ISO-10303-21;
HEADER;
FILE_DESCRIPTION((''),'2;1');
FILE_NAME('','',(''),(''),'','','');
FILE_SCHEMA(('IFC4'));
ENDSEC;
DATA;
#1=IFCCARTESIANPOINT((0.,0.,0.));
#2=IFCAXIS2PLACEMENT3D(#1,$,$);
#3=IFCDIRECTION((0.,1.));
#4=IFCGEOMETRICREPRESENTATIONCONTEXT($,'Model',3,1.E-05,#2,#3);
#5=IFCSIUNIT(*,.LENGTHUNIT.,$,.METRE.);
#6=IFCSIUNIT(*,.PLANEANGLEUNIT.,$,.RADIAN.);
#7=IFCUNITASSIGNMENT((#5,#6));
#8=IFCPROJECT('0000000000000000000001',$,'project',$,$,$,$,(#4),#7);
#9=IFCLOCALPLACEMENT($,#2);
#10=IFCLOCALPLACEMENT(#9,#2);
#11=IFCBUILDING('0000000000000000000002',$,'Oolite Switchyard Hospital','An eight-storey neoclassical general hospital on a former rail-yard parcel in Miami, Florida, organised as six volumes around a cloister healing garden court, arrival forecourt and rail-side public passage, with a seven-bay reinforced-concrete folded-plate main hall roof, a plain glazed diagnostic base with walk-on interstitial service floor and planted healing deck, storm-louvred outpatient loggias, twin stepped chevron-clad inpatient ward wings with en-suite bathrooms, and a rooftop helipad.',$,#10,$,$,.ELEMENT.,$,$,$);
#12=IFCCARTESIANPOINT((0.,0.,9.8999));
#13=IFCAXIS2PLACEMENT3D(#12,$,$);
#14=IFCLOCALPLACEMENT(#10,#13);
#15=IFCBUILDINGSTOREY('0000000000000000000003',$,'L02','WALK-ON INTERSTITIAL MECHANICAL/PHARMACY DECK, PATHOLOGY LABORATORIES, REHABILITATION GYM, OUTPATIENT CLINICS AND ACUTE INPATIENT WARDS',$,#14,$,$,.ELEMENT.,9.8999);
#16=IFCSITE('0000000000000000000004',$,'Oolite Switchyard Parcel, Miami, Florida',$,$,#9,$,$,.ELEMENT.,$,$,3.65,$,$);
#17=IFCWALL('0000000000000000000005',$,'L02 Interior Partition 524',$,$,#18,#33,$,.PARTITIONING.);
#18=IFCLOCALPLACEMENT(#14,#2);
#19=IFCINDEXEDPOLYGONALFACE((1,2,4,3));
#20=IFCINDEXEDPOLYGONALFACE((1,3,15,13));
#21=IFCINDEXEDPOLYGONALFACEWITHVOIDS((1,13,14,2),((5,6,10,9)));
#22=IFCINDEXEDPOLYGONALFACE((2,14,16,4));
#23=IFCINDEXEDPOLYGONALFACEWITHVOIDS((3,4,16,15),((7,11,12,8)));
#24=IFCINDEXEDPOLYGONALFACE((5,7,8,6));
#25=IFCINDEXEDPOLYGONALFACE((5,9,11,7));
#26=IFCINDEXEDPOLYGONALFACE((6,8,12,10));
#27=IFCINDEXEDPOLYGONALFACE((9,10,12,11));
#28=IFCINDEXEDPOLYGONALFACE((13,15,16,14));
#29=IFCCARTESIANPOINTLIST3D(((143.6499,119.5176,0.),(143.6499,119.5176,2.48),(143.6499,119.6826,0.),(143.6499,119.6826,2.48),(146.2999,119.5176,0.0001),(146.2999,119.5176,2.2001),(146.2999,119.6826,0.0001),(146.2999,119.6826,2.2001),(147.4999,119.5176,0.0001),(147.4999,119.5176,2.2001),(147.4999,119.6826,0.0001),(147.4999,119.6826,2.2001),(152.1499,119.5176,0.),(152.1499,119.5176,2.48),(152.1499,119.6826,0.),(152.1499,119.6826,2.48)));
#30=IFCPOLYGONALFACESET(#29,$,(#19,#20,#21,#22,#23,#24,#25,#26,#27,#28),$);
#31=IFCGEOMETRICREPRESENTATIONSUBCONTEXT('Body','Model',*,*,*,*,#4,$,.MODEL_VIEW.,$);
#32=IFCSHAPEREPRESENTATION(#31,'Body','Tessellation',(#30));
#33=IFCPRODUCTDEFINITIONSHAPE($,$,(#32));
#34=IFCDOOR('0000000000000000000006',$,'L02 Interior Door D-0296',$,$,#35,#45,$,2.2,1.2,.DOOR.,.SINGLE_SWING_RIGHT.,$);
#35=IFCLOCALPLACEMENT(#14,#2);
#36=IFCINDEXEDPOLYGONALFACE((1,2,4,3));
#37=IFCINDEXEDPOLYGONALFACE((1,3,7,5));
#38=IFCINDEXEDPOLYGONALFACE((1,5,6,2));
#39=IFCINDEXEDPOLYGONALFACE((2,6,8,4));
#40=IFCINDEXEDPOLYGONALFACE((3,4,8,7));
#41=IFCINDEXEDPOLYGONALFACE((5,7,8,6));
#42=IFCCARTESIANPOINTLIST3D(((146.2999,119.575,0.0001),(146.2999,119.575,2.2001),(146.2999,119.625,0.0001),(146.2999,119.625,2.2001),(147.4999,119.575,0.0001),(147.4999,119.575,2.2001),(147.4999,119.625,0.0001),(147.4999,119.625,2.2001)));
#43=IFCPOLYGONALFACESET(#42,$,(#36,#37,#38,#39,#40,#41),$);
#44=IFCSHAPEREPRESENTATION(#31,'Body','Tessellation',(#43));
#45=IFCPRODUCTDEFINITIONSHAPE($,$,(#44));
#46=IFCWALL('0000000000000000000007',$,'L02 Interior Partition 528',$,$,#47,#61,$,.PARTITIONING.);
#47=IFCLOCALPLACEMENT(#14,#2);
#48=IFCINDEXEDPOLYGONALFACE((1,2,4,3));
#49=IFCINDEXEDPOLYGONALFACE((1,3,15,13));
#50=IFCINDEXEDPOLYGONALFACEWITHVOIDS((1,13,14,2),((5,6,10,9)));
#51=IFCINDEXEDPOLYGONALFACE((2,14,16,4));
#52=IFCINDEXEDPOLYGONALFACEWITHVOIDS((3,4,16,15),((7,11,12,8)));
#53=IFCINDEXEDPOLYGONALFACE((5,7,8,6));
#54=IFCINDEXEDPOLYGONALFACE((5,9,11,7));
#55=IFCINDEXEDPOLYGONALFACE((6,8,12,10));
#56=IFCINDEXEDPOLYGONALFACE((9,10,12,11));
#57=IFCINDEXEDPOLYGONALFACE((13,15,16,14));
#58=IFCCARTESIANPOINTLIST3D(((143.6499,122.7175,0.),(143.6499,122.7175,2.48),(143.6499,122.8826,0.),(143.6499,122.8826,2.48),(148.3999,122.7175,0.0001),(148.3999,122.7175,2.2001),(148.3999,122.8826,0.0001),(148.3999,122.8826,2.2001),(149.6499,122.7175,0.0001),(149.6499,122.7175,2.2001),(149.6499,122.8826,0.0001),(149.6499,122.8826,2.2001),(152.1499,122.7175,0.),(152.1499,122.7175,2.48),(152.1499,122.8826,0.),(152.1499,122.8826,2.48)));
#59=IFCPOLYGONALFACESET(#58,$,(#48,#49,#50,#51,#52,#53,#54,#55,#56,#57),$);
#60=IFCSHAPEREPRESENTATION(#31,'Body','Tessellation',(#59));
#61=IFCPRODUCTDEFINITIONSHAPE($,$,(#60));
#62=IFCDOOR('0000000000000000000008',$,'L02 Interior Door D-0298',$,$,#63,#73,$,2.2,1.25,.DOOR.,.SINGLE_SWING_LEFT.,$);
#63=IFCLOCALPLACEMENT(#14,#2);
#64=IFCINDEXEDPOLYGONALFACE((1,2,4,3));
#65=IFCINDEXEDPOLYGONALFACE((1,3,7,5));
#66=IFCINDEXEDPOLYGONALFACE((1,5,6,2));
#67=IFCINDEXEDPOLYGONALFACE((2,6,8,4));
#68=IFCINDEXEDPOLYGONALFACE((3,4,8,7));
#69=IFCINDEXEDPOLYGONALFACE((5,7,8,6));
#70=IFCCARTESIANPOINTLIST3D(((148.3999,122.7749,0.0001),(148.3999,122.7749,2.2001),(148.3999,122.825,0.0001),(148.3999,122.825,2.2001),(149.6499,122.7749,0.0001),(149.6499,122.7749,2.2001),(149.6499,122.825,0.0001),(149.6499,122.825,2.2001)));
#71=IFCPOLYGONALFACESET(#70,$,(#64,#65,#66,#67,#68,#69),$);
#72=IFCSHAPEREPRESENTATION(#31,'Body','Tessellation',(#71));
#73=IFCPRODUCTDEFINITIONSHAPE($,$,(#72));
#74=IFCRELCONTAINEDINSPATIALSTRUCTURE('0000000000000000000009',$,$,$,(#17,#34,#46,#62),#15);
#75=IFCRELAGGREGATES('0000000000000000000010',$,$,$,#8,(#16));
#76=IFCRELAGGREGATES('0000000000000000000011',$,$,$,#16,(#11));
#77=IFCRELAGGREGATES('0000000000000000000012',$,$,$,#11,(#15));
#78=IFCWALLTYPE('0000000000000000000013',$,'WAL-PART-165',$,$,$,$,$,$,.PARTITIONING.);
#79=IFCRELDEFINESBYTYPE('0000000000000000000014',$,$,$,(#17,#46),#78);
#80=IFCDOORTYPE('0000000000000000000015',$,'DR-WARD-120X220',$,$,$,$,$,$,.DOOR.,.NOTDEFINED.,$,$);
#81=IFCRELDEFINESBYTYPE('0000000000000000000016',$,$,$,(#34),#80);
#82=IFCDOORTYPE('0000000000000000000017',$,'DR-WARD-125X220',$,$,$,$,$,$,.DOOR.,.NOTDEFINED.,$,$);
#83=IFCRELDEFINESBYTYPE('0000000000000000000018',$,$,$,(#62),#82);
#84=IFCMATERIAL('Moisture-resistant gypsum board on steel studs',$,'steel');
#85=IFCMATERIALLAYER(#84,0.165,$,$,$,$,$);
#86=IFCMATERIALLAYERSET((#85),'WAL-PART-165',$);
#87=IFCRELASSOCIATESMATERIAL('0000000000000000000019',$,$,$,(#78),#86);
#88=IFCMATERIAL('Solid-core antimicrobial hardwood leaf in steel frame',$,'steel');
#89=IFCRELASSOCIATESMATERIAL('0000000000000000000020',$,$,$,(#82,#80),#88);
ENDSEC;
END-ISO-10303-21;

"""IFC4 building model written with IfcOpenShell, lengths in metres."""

from ifc_helpers import new_model, si_unit, direction, frame, frame_2d, origin, place, context, subcontext, project, spatial, rectangle, extrude, material, layer, layer_set, type_object, element, fill, save


model = new_model("IFC4")

# Units and contexts
model_context = context("Model", 3, precision=1e-05, world=origin(), true_north=direction((0.0, 1.0)))
body_context = subcontext(model_context, "Body", "Model", "MODEL_VIEW")
ifc_project = project(units=[si_unit("LENGTHUNIT", "METRE"), si_unit("PLANEANGLEUNIT", "RADIAN")], contexts=[model_context])

# Site, building, storey
site_placement = place(None, origin())
site = spatial("IfcSite", under=ifc_project, at=site_placement, Name="Oolite Switchyard Parcel, Miami, Florida", CompositionType="ELEMENT", RefElevation=3.65)
building_placement = place(site_placement, origin())
building = spatial("IfcBuilding", under=site, at=building_placement, Name="Oolite Switchyard Hospital", Description="An eight-storey neoclassical general hospital on a former rail-yard parcel in Miami, Florida, organised as six volumes around a cloister healing garden court, arrival forecourt and rail-side public passage, with a seven-bay reinforced-concrete folded-plate main hall roof, a plain glazed diagnostic base with walk-on interstitial service floor and planted healing deck, storm-louvred outpatient loggias, twin stepped chevron-clad inpatient ward wings with en-suite bathrooms, and a rooftop helipad.", CompositionType="ELEMENT")
storey_placement = place(building_placement, frame((0.0, 0.0, 9.8999)))
storey = spatial("IfcBuildingStorey", under=building, at=storey_placement, Name="L02", Description="WALK-ON INTERSTITIAL MECHANICAL/PHARMACY DECK, PATHOLOGY LABORATORIES, REHABILITATION GYM, OUTPATIENT CLINICS AND ACUTE INPATIENT WARDS", CompositionType="ELEMENT", Elevation=9.8999)

# Shared definitions
ifc_material_1 = material(Name="Moisture-resistant gypsum board on steel studs", Category="steel")

# Shared definitions
ifc_material_2 = material(Name="Solid-core antimicrobial hardwood leaf in steel frame", Category="steel")

# Walls, openings, doors
ifc_layer_1 = layer(ifc_material_1, 0.165)
ifc_layer_set_1 = layer_set([ifc_layer_1], Name="WAL-PART-165")
wall_type_1 = type_object("IfcWallType", Name="WAL-PART-165", PredefinedType="PARTITIONING", material=ifc_layer_set_1)
door_type_1 = type_object("IfcDoorType", Name="DR-WARD-125X220", OperationType="NOTDEFINED", PredefinedType="DOOR", material=ifc_material_2)
wall_1_placement = place(storey_placement, frame((143.6499, 119.6001, 0.0), z_axis=(0.0, 0.0, 1.0), x_axis=(1.0, 0.0, 0.0)))
wall_1 = element("IfcWall", 1, at=wall_1_placement, inside=storey, type_object=wall_type_1, Name="L02 Interior Partition 524", PredefinedType="PARTITIONING", context=body_context, shape_type="SweptSolid", body=[
    extrude(rectangle(XDim=8.5, YDim=0.165, at=frame_2d((4.25, 0.0))), origin(), (0.0, 0.0, 1.0), 2.48),
])
opening_1_placement = place(wall_1_placement, frame((2.6499, 0.0, 0.0)))
opening_1 = element("IfcOpeningElement", 2, at=opening_1_placement, cuts=wall_1, PredefinedType="OPENING", context=body_context, shape_type="SweptSolid", body=[
    extrude(rectangle(XDim=1.2, YDim=2.2, at=frame_2d((0.6001, 1.1001))), frame((0.0, 0.0925, 0.0), z_axis=(0.0, -1.0, 0.0), x_axis=(1.0, 0.0, 0.0)), (0.0, 0.0, 1.0), 0.1851),
])
door_type_2 = type_object("IfcDoorType", Name="DR-WARD-120X220", OperationType="NOTDEFINED", PredefinedType="DOOR", material=ifc_material_2)
door_1_placement = place(opening_1_placement, origin())
door_1 = element("IfcDoor", 3, at=door_1_placement, inside=storey, type_object=door_type_2, Name="L02 Interior Door D-0296", OperationType="SINGLE_SWING_RIGHT", OverallHeight=2.2, OverallWidth=1.2, PredefinedType="DOOR", context=body_context, shape_type="SweptSolid", body=[
    extrude(rectangle(XDim=1.2, YDim=2.2, at=frame_2d((0.6001, 1.1001))), frame((0.0, 0.0249, 0.0), z_axis=(0.0, -1.0, 0.0), x_axis=(1.0, 0.0, 0.0)), (0.0, 0.0, 1.0), 0.05),
])
fill(opening_1, door_1)
wall_2_placement = place(storey_placement, frame((143.6499, 122.8, 0.0), z_axis=(0.0, 0.0, 1.0), x_axis=(1.0, 0.0, 0.0)))
wall_2 = element("IfcWall", 4, at=wall_2_placement, inside=storey, type_object=wall_type_1, Name="L02 Interior Partition 528", PredefinedType="PARTITIONING", context=body_context, shape_type="SweptSolid", body=[
    extrude(rectangle(XDim=8.5, YDim=0.165, at=frame_2d((4.25, 0.0))), origin(), (0.0, 0.0, 1.0), 2.48),
])
opening_2_placement = place(wall_2_placement, frame((4.75, 0.0, 0.0)))
opening_2 = element("IfcOpeningElement", 5, at=opening_2_placement, cuts=wall_2, PredefinedType="OPENING", context=body_context, shape_type="SweptSolid", body=[
    extrude(rectangle(XDim=1.25, YDim=2.2, at=frame_2d((0.625, 1.1001))), frame((0.0, 0.0925, 0.0), z_axis=(0.0, -1.0, 0.0), x_axis=(1.0, 0.0, 0.0)), (0.0, 0.0, 1.0), 0.1851),
])
door_2_placement = place(opening_2_placement, origin())
door_2 = element("IfcDoor", 6, at=door_2_placement, inside=storey, type_object=door_type_1, Name="L02 Interior Door D-0298", OperationType="SINGLE_SWING_LEFT", OverallHeight=2.2, OverallWidth=1.25, PredefinedType="DOOR", context=body_context, shape_type="SweptSolid", body=[
    extrude(rectangle(XDim=1.25, YDim=2.2, at=frame_2d((0.625, 1.1001))), frame((0.0, 0.0249, 0.0), z_axis=(0.0, -1.0, 0.0), x_axis=(1.0, 0.0, 0.0)), (0.0, 0.0, 1.0), 0.05),
])
fill(opening_2, door_2)

save(model, "model.ifc")
